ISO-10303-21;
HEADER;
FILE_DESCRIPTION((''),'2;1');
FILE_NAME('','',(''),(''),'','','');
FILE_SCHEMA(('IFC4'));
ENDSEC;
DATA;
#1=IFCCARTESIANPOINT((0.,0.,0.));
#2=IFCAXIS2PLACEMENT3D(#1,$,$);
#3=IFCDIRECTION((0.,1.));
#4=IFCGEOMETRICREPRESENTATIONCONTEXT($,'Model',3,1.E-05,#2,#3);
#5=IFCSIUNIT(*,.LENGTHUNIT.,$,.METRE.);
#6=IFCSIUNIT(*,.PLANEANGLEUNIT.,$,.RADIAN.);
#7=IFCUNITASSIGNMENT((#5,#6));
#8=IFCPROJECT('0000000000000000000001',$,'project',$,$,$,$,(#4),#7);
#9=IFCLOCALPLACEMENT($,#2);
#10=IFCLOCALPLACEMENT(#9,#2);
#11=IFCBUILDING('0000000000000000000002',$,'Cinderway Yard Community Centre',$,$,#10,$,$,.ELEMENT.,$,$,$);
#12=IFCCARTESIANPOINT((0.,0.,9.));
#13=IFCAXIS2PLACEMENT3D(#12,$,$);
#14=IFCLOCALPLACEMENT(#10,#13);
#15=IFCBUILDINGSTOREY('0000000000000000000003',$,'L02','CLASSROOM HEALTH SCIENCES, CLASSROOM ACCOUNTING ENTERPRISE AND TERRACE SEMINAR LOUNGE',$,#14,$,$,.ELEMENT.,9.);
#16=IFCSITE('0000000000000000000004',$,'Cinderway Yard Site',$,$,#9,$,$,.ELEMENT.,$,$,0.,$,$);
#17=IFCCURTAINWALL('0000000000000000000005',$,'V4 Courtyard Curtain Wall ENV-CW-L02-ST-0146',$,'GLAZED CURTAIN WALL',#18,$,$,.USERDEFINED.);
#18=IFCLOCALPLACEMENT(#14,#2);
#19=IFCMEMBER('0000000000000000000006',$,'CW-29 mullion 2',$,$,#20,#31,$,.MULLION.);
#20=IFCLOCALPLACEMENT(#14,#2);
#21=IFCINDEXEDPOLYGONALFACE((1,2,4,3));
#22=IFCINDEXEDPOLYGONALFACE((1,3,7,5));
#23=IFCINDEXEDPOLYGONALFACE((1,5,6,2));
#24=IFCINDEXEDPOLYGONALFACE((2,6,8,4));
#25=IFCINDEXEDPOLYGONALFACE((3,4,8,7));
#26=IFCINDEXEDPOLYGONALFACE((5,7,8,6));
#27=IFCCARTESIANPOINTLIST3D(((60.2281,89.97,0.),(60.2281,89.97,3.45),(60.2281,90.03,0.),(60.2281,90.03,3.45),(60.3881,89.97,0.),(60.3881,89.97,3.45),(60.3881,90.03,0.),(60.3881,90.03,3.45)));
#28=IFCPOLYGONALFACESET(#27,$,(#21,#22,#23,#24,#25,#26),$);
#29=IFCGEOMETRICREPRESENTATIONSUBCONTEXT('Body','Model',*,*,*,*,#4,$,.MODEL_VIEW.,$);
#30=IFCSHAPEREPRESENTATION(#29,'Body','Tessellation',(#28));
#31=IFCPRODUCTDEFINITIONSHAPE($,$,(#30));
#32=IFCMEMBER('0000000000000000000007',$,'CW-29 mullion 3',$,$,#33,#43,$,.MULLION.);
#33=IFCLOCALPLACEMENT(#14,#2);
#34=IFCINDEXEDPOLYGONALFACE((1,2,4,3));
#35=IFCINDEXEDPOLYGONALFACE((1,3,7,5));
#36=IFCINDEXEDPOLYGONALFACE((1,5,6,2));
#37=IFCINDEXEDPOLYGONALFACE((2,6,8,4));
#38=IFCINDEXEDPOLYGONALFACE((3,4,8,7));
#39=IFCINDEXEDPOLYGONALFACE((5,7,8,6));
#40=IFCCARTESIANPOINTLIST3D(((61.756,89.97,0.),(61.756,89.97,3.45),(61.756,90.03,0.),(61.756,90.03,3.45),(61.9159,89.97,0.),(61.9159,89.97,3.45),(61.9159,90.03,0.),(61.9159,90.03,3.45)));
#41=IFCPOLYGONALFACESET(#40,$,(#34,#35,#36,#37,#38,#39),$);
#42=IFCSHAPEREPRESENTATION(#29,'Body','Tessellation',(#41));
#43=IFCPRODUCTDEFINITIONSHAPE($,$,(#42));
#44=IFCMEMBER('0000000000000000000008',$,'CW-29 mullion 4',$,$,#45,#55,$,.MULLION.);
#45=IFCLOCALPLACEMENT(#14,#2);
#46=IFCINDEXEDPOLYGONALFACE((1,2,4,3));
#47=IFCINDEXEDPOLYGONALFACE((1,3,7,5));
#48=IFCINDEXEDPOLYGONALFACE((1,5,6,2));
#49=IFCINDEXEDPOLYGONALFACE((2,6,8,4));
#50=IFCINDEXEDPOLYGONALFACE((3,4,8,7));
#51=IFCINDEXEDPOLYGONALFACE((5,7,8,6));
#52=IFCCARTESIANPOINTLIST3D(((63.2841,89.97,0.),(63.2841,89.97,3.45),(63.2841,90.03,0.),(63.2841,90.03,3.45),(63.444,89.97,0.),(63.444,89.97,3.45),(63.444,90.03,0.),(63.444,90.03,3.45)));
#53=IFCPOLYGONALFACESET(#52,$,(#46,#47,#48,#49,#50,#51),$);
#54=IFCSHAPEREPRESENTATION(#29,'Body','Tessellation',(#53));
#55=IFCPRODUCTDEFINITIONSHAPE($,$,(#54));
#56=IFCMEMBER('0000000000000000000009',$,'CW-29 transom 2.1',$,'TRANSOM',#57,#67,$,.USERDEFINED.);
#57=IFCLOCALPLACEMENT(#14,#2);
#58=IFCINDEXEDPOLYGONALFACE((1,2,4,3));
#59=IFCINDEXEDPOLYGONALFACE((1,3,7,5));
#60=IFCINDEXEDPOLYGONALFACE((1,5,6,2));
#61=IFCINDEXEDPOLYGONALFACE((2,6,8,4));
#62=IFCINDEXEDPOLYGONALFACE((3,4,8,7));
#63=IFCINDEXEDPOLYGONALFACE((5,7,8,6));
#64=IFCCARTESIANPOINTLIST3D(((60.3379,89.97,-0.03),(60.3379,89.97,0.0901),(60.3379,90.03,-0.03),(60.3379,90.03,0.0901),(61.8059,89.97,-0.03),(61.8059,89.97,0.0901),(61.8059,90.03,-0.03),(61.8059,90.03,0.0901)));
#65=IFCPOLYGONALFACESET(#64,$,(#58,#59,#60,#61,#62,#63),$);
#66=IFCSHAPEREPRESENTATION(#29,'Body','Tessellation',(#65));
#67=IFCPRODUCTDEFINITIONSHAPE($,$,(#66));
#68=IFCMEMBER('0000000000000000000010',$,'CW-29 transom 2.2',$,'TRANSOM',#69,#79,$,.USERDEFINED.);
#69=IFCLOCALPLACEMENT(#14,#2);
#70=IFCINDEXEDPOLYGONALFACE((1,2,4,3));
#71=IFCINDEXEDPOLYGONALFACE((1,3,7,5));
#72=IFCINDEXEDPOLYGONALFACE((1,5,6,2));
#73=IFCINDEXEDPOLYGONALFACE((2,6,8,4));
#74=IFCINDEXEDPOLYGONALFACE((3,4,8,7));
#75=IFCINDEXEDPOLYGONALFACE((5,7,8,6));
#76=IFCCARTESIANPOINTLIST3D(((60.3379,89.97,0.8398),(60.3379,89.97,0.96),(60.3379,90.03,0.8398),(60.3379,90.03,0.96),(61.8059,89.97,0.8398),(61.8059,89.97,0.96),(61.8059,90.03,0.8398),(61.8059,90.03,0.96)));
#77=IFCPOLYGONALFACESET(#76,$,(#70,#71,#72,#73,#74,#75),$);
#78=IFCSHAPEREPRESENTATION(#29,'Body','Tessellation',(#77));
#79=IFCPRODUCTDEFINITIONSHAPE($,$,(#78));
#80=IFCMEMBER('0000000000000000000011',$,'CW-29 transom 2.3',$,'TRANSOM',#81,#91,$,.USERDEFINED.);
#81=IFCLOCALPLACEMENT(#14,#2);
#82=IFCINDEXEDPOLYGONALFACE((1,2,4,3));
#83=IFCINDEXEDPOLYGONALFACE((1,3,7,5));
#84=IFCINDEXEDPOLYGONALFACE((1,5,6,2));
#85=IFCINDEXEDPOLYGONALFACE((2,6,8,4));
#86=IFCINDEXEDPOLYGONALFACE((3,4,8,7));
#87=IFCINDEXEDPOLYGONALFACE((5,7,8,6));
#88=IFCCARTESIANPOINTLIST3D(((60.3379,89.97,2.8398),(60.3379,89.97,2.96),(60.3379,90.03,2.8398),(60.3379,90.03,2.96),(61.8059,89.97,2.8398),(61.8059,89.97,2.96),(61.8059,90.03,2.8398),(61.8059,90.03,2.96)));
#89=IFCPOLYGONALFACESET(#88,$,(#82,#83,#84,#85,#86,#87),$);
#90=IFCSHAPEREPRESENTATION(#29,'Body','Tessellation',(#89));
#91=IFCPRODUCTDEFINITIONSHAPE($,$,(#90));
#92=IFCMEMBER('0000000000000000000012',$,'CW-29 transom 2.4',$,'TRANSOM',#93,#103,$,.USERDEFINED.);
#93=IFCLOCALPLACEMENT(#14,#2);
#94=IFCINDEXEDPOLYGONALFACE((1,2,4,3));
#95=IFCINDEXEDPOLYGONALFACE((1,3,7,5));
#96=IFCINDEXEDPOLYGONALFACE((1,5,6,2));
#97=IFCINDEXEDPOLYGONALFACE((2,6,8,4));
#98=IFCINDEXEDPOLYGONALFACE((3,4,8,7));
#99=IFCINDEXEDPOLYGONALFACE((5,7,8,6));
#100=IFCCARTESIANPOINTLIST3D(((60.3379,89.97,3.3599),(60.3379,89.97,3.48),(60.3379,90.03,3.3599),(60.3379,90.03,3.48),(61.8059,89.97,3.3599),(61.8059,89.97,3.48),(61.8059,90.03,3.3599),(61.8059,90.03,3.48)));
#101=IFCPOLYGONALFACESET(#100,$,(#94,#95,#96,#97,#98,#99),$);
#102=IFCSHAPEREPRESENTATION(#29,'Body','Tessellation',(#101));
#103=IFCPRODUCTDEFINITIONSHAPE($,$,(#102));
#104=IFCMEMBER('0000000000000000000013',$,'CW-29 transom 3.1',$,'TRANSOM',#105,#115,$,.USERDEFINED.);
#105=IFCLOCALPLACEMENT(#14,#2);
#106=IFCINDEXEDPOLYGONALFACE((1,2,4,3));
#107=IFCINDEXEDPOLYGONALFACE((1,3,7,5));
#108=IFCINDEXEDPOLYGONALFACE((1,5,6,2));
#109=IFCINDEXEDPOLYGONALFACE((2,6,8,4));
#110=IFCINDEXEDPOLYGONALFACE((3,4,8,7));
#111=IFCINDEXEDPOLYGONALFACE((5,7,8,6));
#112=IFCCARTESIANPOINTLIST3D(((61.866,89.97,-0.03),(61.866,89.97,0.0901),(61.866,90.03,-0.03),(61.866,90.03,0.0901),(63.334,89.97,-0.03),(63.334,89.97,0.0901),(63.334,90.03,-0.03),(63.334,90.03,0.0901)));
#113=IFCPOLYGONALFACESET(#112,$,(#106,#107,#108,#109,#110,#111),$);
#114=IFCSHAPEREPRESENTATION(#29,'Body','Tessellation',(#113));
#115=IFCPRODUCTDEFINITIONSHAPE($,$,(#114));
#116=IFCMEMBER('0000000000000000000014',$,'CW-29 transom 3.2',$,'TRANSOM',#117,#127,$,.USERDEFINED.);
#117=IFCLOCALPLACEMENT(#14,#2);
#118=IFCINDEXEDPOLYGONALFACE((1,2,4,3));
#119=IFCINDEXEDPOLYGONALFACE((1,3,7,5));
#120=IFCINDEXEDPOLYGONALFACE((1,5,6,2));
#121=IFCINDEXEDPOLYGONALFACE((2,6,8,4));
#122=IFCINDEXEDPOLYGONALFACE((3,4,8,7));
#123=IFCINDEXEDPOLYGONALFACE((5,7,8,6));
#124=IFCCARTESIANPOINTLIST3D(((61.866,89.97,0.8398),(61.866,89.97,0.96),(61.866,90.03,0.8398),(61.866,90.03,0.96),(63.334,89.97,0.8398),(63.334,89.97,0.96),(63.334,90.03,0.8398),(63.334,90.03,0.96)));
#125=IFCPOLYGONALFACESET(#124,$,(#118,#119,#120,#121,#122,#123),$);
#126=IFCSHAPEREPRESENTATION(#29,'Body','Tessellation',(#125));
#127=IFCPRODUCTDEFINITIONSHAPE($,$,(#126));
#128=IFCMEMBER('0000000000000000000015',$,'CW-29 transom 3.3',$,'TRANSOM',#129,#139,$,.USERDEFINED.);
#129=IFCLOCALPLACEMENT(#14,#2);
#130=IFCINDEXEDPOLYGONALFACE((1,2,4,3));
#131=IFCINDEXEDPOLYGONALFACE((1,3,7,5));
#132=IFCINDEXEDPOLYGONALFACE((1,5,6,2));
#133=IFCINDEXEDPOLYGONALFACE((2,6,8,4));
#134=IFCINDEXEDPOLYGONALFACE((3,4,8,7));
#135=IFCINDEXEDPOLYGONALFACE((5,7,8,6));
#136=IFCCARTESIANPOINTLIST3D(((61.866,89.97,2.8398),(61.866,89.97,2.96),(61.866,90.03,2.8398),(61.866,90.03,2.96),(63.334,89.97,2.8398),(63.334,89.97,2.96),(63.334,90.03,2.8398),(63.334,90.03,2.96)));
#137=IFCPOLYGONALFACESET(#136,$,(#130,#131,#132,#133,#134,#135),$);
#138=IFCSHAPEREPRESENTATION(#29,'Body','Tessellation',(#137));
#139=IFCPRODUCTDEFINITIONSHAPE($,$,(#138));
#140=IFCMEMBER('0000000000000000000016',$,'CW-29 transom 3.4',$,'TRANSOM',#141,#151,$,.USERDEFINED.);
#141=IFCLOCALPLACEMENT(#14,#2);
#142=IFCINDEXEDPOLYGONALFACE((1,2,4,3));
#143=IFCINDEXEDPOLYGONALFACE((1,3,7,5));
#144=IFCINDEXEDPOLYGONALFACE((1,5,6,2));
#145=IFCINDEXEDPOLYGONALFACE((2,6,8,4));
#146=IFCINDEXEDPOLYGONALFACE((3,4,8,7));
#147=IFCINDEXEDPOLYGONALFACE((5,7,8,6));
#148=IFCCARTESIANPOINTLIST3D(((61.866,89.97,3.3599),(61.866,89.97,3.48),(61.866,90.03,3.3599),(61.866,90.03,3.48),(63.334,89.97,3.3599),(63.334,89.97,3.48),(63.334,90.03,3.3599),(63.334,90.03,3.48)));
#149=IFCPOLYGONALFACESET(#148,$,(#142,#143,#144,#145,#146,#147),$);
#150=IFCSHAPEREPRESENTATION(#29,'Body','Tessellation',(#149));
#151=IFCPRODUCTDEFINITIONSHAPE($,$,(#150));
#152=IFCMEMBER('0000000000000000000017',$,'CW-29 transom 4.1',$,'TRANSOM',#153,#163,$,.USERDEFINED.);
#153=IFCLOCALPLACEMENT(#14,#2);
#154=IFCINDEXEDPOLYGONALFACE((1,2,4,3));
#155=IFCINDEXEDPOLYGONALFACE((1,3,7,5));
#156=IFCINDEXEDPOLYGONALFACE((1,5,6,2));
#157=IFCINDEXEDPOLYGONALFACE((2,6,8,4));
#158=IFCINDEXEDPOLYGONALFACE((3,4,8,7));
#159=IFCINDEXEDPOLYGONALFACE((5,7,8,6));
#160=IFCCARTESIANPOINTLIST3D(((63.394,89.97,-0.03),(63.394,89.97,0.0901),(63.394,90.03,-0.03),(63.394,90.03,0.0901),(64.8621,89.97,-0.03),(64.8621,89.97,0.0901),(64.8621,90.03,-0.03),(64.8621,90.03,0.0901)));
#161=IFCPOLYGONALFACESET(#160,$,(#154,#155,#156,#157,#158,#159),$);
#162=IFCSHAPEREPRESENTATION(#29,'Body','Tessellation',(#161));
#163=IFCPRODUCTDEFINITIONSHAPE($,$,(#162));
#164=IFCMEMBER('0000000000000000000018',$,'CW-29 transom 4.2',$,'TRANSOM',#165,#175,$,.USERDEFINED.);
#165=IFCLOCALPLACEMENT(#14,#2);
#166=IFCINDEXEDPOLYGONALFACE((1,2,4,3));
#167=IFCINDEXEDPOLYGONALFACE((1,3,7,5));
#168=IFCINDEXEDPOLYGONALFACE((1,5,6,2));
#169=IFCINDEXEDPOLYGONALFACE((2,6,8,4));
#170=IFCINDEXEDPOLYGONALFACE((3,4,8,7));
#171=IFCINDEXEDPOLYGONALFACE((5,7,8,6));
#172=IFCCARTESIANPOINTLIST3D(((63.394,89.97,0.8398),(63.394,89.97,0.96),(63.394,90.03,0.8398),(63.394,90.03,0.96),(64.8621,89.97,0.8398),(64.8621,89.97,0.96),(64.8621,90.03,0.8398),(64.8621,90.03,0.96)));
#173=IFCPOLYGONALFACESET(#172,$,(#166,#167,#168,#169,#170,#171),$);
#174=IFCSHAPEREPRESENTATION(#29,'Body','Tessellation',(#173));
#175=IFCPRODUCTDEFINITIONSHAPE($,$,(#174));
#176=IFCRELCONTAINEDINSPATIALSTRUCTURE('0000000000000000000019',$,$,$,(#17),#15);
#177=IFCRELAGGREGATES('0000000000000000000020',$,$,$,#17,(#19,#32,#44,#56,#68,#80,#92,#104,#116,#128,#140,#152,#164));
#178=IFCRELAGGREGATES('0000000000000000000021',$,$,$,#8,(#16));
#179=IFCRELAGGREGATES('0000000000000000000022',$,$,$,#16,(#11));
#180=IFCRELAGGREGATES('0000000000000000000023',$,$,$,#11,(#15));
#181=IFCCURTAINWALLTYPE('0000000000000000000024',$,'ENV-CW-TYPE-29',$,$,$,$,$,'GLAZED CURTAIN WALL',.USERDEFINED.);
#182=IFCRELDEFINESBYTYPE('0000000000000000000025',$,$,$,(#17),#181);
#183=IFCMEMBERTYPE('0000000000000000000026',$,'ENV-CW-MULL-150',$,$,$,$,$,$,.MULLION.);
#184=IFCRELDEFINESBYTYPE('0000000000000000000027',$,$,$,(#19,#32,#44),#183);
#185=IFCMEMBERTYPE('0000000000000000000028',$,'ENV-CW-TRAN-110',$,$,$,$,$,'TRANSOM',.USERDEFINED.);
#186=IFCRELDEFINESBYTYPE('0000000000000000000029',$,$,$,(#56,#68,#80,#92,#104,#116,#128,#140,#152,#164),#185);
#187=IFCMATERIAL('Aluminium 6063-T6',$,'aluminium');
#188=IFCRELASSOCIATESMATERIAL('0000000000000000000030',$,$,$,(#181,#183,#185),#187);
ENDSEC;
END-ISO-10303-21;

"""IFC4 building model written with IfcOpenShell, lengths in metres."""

from ifc_helpers import new_model, si_unit, direction, frame, origin, origin_2d, place, context, subcontext, project, spatial, rectangle, extrude, material, material_profile, profile_set, type_object, element, aggregate, save


model = new_model("IFC4")

# Units and contexts
model_context = context("Model", 3, precision=1e-05, world=origin(), true_north=direction((0.0, 1.0)))
body_context = subcontext(model_context, "Body", "Model", "MODEL_VIEW")
ifc_project = project(units=[si_unit("LENGTHUNIT", "METRE"), si_unit("PLANEANGLEUNIT", "RADIAN")], contexts=[model_context])

# Site, building, storey
site_placement = place(None, origin())
site = spatial("IfcSite", under=ifc_project, at=site_placement, Name="Cinderway Yard Site", CompositionType="ELEMENT", RefElevation=0.0)
building_placement = place(site_placement, origin())
building = spatial("IfcBuilding", under=site, at=building_placement, Name="Cinderway Yard Community Centre", CompositionType="ELEMENT")
storey_placement = place(building_placement, frame((0.0, 0.0, 9.0)))
storey = spatial("IfcBuildingStorey", under=building, at=storey_placement, Name="L02", Description="CLASSROOM HEALTH SCIENCES, CLASSROOM ACCOUNTING ENTERPRISE AND TERRACE SEMINAR LOUNGE", CompositionType="ELEMENT", Elevation=9.0)

# Curtain wall, members
ifc_material_1 = material(Name="Aluminium 6063-T6", Category="aluminium")
curtain_wall_type = type_object("IfcCurtainWallType", Name="ENV-CW-TYPE-29", ElementType="GLAZED CURTAIN WALL", PredefinedType="USERDEFINED", material=ifc_material_1)
curtain_wall_placement = place(storey_placement, origin())
curtain_wall = element("IfcCurtainWall", 1, at=curtain_wall_placement, inside=storey, type_object=curtain_wall_type, Name="V4 Courtyard Curtain Wall ENV-CW-L02-ST-0146", ObjectType="GLAZED CURTAIN WALL", PredefinedType="USERDEFINED")
ifc_material_profile_1 = material_profile(ifc_material_1, rectangle(XDim=0.0601, YDim=0.1599, at=origin_2d()), Name="Aluminium 6063-T6")
ifc_profile_set_1 = profile_set([ifc_material_profile_1], Name="Aluminium 6063-T6")
member_type_1 = type_object("IfcMemberType", Name="ENV-CW-MULL-150", PredefinedType="MULLION", material=ifc_profile_set_1)
member_1_placement = place(storey_placement, frame((60.3081, 90.0, 0.0), z_axis=(0.0, 0.0, 1.0), x_axis=(0.0, 1.0, 0.0)))
member_1 = element("IfcMember", 2, at=member_1_placement, type_object=member_type_1, Name="CW-29 mullion 2", PredefinedType="MULLION", context=body_context, shape_type="SweptSolid", body=[
    extrude(rectangle(XDim=0.0601, YDim=0.1599, at=origin_2d()), origin(), (0.0, 0.0, 1.0), 3.45),
])
member_2_placement = place(storey_placement, frame((61.8359, 90.0, 0.0), z_axis=(0.0, 0.0, 1.0), x_axis=(0.0, 1.0, 0.0)))
member_2 = element("IfcMember", 3, at=member_2_placement, type_object=member_type_1, Name="CW-29 mullion 3", PredefinedType="MULLION", context=body_context, shape_type="SweptSolid", body=[
    extrude(rectangle(XDim=0.0601, YDim=0.1599, at=origin_2d()), origin(), (0.0, 0.0, 1.0), 3.45),
])
member_3_placement = place(storey_placement, frame((63.364, 90.0, 0.0), z_axis=(0.0, 0.0, 1.0), x_axis=(0.0, 1.0, 0.0)))
member_3 = element("IfcMember", 4, at=member_3_placement, type_object=member_type_1, Name="CW-29 mullion 4", PredefinedType="MULLION", context=body_context, shape_type="SweptSolid", body=[
    extrude(rectangle(XDim=0.0601, YDim=0.1599, at=origin_2d()), origin(), (0.0, 0.0, 1.0), 3.45),
])
ifc_material_profile_2 = material_profile(ifc_material_1, rectangle(XDim=0.0601, YDim=0.1201, at=origin_2d()), Name="Aluminium 6063-T6")
ifc_profile_set_2 = profile_set([ifc_material_profile_2], Name="Aluminium 6063-T6")
member_type_2 = type_object("IfcMemberType", Name="ENV-CW-TRAN-110", ElementType="TRANSOM", PredefinedType="USERDEFINED", material=ifc_profile_set_2)
member_4_placement = place(storey_placement, frame((60.3379, 90.0, 0.03), z_axis=(1.0, 0.0, 0.0), x_axis=(0.0, 1.0, 0.0)))
member_4 = element("IfcMember", 5, at=member_4_placement, type_object=member_type_2, Name="CW-29 transom 2.1", ObjectType="TRANSOM", PredefinedType="USERDEFINED", context=body_context, shape_type="SweptSolid", body=[
    extrude(rectangle(XDim=0.0601, YDim=0.1201, at=origin_2d()), origin(), (0.0, 0.0, 1.0), 1.468),
])
member_5_placement = place(storey_placement, frame((60.3379, 90.0, 0.8999), z_axis=(1.0, 0.0, 0.0), x_axis=(0.0, 1.0, 0.0)))
member_5 = element("IfcMember", 6, at=member_5_placement, type_object=member_type_2, Name="CW-29 transom 2.2", ObjectType="TRANSOM", PredefinedType="USERDEFINED", context=body_context, shape_type="SweptSolid", body=[
    extrude(rectangle(XDim=0.0601, YDim=0.1201, at=origin_2d()), origin(), (0.0, 0.0, 1.0), 1.468),
])
member_6_placement = place(storey_placement, frame((60.3379, 90.0, 2.8999), z_axis=(1.0, 0.0, 0.0), x_axis=(0.0, 1.0, 0.0)))
member_6 = element("IfcMember", 7, at=member_6_placement, type_object=member_type_2, Name="CW-29 transom 2.3", ObjectType="TRANSOM", PredefinedType="USERDEFINED", context=body_context, shape_type="SweptSolid", body=[
    extrude(rectangle(XDim=0.0601, YDim=0.1201, at=origin_2d()), origin(), (0.0, 0.0, 1.0), 1.468),
])
member_7_placement = place(storey_placement, frame((60.3379, 90.0, 3.4199), z_axis=(1.0, 0.0, 0.0), x_axis=(0.0, 1.0, 0.0)))
member_7 = element("IfcMember", 8, at=member_7_placement, type_object=member_type_2, Name="CW-29 transom 2.4", ObjectType="TRANSOM", PredefinedType="USERDEFINED", context=body_context, shape_type="SweptSolid", body=[
    extrude(rectangle(XDim=0.0601, YDim=0.1201, at=origin_2d()), origin(), (0.0, 0.0, 1.0), 1.468),
])
member_8_placement = place(storey_placement, frame((61.866, 90.0, 0.03), z_axis=(1.0, 0.0, 0.0), x_axis=(0.0, 1.0, 0.0)))
member_8 = element("IfcMember", 9, at=member_8_placement, type_object=member_type_2, Name="CW-29 transom 3.1", ObjectType="TRANSOM", PredefinedType="USERDEFINED", context=body_context, shape_type="SweptSolid", body=[
    extrude(rectangle(XDim=0.0601, YDim=0.1201, at=origin_2d()), origin(), (0.0, 0.0, 1.0), 1.468),
])
member_9_placement = place(storey_placement, frame((61.866, 90.0, 0.8999), z_axis=(1.0, 0.0, 0.0), x_axis=(0.0, 1.0, 0.0)))
member_9 = element("IfcMember", 10, at=member_9_placement, type_object=member_type_2, Name="CW-29 transom 3.2", ObjectType="TRANSOM", PredefinedType="USERDEFINED", context=body_context, shape_type="SweptSolid", body=[
    extrude(rectangle(XDim=0.0601, YDim=0.1201, at=origin_2d()), origin(), (0.0, 0.0, 1.0), 1.468),
])
member_10_placement = place(storey_placement, frame((61.866, 90.0, 2.8999), z_axis=(1.0, 0.0, 0.0), x_axis=(0.0, 1.0, 0.0)))
member_10 = element("IfcMember", 11, at=member_10_placement, type_object=member_type_2, Name="CW-29 transom 3.3", ObjectType="TRANSOM", PredefinedType="USERDEFINED", context=body_context, shape_type="SweptSolid", body=[
    extrude(rectangle(XDim=0.0601, YDim=0.1201, at=origin_2d()), origin(), (0.0, 0.0, 1.0), 1.468),
])
member_11_placement = place(storey_placement, frame((61.866, 90.0, 3.4199), z_axis=(1.0, 0.0, 0.0), x_axis=(0.0, 1.0, 0.0)))
member_11 = element("IfcMember", 12, at=member_11_placement, type_object=member_type_2, Name="CW-29 transom 3.4", ObjectType="TRANSOM", PredefinedType="USERDEFINED", context=body_context, shape_type="SweptSolid", body=[
    extrude(rectangle(XDim=0.0601, YDim=0.1201, at=origin_2d()), origin(), (0.0, 0.0, 1.0), 1.468),
])
member_12_placement = place(storey_placement, frame((63.394, 90.0, 0.03), z_axis=(1.0, 0.0, 0.0), x_axis=(0.0, 1.0, 0.0)))
member_12 = element("IfcMember", 13, at=member_12_placement, type_object=member_type_2, Name="CW-29 transom 4.1", ObjectType="TRANSOM", PredefinedType="USERDEFINED", context=body_context, shape_type="SweptSolid", body=[
    extrude(rectangle(XDim=0.0601, YDim=0.1201, at=origin_2d()), origin(), (0.0, 0.0, 1.0), 1.468),
])
member_13_placement = place(storey_placement, frame((63.394, 90.0, 0.8999), z_axis=(1.0, 0.0, 0.0), x_axis=(0.0, 1.0, 0.0)))
member_13 = element("IfcMember", 14, at=member_13_placement, type_object=member_type_2, Name="CW-29 transom 4.2", ObjectType="TRANSOM", PredefinedType="USERDEFINED", context=body_context, shape_type="SweptSolid", body=[
    extrude(rectangle(XDim=0.0601, YDim=0.1201, at=origin_2d()), origin(), (0.0, 0.0, 1.0), 1.468),
])

aggregate(curtain_wall, [member_1, member_2, member_3, member_4, member_5, member_6, member_7, member_8, member_9, member_10, member_11, member_12, member_13])

save(model, "model.ifc")
